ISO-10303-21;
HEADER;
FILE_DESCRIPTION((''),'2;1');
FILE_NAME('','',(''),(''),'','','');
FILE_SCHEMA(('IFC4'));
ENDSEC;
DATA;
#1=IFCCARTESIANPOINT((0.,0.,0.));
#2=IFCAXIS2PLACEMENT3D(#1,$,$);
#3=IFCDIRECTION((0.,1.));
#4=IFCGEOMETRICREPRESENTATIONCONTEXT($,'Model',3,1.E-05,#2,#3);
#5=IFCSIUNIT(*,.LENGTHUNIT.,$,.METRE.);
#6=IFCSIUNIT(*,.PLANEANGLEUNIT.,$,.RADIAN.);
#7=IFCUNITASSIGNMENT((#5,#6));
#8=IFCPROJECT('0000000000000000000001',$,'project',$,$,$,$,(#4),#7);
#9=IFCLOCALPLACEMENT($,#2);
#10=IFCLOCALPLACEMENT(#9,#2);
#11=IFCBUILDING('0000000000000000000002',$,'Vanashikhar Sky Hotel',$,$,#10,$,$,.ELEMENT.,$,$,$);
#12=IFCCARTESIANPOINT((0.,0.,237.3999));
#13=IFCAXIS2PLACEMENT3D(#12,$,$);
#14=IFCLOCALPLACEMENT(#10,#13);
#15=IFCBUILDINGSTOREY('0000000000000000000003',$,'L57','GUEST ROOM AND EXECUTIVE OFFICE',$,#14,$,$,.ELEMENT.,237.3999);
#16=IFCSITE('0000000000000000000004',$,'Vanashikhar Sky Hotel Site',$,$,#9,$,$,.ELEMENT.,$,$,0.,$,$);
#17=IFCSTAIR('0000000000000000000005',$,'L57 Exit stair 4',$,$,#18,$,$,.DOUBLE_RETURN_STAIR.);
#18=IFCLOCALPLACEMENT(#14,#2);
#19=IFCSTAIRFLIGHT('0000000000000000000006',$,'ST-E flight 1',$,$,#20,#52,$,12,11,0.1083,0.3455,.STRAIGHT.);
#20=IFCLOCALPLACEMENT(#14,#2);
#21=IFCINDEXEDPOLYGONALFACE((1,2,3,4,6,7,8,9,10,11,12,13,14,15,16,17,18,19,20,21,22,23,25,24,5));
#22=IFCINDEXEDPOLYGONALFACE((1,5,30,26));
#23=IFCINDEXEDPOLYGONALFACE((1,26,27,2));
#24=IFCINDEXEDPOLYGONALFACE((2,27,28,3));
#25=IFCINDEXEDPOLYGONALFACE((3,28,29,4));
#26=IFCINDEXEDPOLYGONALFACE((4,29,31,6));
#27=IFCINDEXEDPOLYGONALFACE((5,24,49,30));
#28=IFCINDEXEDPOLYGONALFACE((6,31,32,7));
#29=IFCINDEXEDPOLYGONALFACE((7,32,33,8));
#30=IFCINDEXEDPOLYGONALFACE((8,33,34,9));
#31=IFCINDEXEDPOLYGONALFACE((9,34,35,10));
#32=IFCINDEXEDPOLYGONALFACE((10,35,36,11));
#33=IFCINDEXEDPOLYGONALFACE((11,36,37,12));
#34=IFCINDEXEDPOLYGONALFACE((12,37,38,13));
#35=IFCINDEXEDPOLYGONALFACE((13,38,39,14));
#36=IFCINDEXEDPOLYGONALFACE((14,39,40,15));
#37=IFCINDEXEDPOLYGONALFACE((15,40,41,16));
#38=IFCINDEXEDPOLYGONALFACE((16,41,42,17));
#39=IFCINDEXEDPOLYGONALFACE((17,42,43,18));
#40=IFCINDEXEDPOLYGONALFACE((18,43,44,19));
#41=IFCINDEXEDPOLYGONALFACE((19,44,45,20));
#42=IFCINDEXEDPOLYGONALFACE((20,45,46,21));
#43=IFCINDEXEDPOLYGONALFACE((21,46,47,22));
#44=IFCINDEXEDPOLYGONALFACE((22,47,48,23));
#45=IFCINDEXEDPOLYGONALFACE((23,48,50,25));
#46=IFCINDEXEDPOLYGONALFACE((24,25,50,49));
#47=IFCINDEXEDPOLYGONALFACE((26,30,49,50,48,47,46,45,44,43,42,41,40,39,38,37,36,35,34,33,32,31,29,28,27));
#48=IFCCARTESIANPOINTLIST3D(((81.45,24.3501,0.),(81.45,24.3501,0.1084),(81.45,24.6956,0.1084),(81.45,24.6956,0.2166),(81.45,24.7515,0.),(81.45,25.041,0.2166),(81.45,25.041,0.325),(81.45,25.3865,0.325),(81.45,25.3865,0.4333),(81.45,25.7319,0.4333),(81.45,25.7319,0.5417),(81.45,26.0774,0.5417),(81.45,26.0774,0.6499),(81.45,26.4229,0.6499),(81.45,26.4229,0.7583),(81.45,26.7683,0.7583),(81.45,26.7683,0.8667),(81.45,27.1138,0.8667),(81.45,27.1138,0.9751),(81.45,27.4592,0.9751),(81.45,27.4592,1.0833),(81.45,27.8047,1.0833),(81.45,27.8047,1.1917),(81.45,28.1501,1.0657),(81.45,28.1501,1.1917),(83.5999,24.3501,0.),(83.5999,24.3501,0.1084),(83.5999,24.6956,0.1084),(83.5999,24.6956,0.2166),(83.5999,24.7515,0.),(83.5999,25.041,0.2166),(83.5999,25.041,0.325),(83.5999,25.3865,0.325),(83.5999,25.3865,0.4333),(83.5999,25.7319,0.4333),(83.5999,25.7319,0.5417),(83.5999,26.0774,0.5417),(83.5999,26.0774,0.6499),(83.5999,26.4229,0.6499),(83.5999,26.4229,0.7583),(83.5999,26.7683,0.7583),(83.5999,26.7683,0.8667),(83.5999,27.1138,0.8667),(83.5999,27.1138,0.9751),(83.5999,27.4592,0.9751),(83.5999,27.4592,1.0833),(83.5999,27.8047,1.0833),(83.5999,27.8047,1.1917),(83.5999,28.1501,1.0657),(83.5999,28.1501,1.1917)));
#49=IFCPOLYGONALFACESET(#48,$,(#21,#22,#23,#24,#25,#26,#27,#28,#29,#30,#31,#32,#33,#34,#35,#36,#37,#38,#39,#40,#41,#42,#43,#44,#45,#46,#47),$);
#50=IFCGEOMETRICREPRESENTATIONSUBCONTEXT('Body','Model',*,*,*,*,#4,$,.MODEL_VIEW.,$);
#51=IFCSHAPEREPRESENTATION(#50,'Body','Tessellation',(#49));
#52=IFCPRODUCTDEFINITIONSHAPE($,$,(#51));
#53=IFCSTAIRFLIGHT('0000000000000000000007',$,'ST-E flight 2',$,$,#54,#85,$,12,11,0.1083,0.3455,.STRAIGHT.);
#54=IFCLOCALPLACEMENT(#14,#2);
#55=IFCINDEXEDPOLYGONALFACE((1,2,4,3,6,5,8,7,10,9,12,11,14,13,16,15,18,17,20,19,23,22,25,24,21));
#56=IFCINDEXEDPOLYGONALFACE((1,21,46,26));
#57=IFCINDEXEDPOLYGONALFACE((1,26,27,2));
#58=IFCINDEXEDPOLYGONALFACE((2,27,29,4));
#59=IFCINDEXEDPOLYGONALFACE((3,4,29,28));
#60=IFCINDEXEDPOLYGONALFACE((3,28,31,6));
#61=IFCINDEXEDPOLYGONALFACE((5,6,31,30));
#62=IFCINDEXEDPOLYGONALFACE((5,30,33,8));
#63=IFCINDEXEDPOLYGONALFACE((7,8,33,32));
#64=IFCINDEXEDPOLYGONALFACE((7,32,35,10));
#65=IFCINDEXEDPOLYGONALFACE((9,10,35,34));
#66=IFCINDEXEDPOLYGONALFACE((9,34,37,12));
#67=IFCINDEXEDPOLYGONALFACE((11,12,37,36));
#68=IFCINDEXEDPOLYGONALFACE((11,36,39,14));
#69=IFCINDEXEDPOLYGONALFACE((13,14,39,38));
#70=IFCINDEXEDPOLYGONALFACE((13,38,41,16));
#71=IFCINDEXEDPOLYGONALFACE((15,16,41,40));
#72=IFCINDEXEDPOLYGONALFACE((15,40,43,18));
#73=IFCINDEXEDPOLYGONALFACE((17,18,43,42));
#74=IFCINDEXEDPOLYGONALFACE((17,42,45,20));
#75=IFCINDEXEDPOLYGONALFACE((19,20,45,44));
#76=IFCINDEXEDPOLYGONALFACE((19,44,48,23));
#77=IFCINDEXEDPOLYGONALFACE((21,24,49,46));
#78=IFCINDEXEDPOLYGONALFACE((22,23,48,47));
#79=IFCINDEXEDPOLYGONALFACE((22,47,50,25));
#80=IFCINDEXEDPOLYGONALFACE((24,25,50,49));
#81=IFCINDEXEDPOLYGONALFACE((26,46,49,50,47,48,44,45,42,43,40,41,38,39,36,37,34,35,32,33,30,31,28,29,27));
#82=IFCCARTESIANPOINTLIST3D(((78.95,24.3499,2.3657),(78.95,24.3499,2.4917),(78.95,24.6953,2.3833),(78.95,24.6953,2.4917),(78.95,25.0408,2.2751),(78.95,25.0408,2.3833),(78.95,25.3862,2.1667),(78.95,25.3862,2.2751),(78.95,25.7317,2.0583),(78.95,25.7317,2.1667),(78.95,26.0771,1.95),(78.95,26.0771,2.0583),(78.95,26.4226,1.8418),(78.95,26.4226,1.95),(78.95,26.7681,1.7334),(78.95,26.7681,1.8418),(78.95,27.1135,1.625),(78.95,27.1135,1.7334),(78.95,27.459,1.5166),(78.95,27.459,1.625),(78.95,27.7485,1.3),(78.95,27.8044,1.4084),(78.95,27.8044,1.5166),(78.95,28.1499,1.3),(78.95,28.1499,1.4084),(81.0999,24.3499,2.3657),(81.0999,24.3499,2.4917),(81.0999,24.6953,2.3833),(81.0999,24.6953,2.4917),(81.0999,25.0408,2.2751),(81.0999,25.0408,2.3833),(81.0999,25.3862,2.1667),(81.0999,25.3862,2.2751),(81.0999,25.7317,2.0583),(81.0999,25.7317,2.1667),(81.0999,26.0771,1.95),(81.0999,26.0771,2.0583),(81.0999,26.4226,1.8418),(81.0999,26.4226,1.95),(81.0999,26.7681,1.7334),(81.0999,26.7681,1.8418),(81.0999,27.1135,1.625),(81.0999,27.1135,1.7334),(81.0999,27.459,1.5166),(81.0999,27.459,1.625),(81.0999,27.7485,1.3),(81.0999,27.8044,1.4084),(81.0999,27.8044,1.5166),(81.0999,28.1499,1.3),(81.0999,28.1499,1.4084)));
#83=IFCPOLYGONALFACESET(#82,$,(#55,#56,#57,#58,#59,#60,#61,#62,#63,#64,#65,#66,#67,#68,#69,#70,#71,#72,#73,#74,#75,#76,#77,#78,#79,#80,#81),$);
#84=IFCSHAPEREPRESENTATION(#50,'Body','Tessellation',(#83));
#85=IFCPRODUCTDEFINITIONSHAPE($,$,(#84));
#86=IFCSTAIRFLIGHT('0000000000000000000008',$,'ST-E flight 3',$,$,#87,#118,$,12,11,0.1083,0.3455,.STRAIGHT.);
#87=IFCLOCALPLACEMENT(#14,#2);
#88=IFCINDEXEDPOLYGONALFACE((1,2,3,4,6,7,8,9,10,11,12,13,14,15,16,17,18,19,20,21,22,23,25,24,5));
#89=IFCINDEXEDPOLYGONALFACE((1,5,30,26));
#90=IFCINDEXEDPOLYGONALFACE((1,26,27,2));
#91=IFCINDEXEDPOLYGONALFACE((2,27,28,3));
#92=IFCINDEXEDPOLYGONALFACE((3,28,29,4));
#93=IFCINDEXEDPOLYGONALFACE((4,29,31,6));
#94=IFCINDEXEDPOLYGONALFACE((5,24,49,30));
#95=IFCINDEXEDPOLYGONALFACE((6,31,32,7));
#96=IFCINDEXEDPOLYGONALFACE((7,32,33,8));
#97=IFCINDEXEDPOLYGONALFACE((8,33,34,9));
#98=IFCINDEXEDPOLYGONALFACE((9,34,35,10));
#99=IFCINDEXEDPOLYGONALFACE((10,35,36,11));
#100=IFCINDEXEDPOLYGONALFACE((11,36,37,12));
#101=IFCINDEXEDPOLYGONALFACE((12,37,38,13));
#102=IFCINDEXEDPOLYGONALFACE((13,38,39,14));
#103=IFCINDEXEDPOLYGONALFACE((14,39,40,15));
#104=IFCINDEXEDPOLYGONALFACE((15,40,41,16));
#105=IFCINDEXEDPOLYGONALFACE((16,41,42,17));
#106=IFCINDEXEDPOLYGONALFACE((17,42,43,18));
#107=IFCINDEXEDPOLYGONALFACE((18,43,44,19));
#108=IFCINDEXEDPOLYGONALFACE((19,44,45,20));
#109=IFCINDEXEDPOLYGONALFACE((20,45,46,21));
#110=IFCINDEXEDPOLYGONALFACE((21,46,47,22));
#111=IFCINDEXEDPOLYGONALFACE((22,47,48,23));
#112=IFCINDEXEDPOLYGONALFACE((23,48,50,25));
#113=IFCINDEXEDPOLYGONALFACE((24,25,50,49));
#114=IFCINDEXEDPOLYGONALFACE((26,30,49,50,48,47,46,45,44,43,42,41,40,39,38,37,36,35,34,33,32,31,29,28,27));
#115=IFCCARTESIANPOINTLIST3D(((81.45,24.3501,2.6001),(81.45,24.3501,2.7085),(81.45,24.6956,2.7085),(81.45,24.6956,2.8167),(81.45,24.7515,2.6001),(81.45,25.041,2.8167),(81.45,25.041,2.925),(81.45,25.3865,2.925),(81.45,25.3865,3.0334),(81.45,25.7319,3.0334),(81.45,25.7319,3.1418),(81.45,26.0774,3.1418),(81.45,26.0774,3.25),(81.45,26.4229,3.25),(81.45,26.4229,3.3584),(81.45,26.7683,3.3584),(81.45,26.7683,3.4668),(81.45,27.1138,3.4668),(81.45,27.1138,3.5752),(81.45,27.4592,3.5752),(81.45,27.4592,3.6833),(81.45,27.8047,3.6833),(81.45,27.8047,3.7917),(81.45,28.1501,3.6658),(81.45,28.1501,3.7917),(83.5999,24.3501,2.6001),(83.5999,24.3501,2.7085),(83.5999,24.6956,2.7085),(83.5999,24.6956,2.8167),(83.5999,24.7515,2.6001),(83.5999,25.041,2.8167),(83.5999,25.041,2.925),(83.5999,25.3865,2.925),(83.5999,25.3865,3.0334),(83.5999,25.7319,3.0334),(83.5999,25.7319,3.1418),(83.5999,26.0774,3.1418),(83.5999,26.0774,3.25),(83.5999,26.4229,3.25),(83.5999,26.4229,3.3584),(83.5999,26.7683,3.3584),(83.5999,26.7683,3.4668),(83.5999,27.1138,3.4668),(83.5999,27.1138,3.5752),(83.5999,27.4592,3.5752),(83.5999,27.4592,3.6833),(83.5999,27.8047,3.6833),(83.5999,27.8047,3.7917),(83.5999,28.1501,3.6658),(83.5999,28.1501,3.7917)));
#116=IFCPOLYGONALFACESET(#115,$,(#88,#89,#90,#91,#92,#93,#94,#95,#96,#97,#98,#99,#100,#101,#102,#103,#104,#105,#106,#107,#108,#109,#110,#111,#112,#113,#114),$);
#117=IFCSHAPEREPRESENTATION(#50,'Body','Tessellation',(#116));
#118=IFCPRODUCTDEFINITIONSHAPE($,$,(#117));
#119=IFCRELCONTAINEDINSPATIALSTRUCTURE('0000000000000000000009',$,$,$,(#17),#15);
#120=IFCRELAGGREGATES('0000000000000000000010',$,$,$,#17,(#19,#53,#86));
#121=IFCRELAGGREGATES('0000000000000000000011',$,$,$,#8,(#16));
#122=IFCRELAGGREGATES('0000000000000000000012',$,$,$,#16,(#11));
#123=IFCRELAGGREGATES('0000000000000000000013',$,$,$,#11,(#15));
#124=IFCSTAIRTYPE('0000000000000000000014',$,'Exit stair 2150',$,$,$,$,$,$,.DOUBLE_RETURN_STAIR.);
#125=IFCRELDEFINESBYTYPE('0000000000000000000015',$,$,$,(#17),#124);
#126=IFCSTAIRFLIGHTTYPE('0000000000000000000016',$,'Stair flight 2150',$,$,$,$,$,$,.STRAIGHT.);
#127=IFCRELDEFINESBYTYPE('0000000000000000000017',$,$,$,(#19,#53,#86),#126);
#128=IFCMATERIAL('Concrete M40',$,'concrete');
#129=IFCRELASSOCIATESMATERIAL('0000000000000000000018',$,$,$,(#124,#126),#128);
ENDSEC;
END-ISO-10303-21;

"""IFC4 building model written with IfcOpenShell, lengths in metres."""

from ifc_helpers import new_model, si_unit, direction, frame, origin, place, context, subcontext, project, spatial, polyline, outline, extrude, source, transform, mapped, material, type_object, element, aggregate, save


model = new_model("IFC4")

# Units and contexts
model_context = context("Model", 3, precision=1e-05, world=origin(), true_north=direction((0.0, 1.0)))
body_context = subcontext(model_context, "Body", "Model", "MODEL_VIEW")
ifc_project = project(units=[si_unit("LENGTHUNIT", "METRE"), si_unit("PLANEANGLEUNIT", "RADIAN")], contexts=[model_context])

# Site, building, storey
site_placement = place(None, origin())
site = spatial("IfcSite", under=ifc_project, at=site_placement, Name="Vanashikhar Sky Hotel Site", CompositionType="ELEMENT", RefElevation=0.0)
building_placement = place(site_placement, origin())
building = spatial("IfcBuilding", under=site, at=building_placement, Name="Vanashikhar Sky Hotel", CompositionType="ELEMENT")
storey_placement = place(building_placement, frame((0.0, 0.0, 237.3999)))
storey = spatial("IfcBuildingStorey", under=building, at=storey_placement, Name="L57", Description="GUEST ROOM AND EXECUTIVE OFFICE", CompositionType="ELEMENT", Elevation=237.3999)

# Stair, stair flights
ifc_material_1 = material(Name="Concrete M40", Category="concrete")
stair_type = type_object("IfcStairType", Name="Exit stair 2150", PredefinedType="DOUBLE_RETURN_STAIR", material=ifc_material_1)
stair_flight_type = type_object("IfcStairFlightType", Name="Stair flight 2150", PredefinedType="STRAIGHT", material=ifc_material_1)
shared_shape_1 = source(origin(), body_context, "Body", "SweptSolid", [
    extrude(outline(polyline([(0.0, 0.0), (0.0, 0.1084), (0.3455, 0.1084), (0.3455, 0.2166), (0.6909, 0.2166), (0.6909, 0.325), (1.0364, 0.325), (1.0364, 0.4333), (1.3818, 0.4333), (1.3818, 0.5417), (1.7273, 0.5417), (1.7273, 0.6499), (2.0728, 0.6499), (2.0728, 0.7583), (2.4182, 0.7583), (2.4182, 0.8667), (2.7637, 0.8667), (2.7637, 0.9751), (3.1091, 0.9751), (3.1091, 1.0833), (3.4546, 1.0833), (3.4546, 1.1917), (3.8, 1.1917), (3.8, 1.3), (3.8, 1.0657), (0.4014, 0.0), (0.0, 0.0)])), frame((0.0, 1.075, 0.0), z_axis=(0.0, -1.0, 0.0), x_axis=(1.0, 0.0, 0.0)), (0.0, 0.0, 1.0), 2.1499),
])
stair_1_placement = place(storey_placement, origin())
stair_1 = element("IfcStair", 1, at=stair_1_placement, inside=storey, type_object=stair_type, Name="L57 Exit stair 4", PredefinedType="DOUBLE_RETURN_STAIR")
stair_flight_1_placement = place(storey_placement, frame((82.5249, 24.3501, 0.0), z_axis=(0.0, 0.0, 1.0), x_axis=(0.0, 1.0, 0.0)))
stair_flight_1 = element("IfcStairFlight", 2, at=stair_flight_1_placement, type_object=stair_flight_type, Name="ST-E flight 1", NumberOfRisers=12, NumberOfTreads=11, PredefinedType="STRAIGHT", RiserHeight=0.1083, TreadLength=0.3455, context=body_context, shape_type="MappedRepresentation", body=[
    mapped(shared_shape_1, transform((0.0, 0.0, 0.0), scale=1.0)),
])
stair_flight_2_placement = place(storey_placement, frame((80.0249, 28.1499, 1.3), z_axis=(0.0, 0.0, 1.0), x_axis=(0.0, -1.0, 0.0)))
stair_flight_2 = element("IfcStairFlight", 3, at=stair_flight_2_placement, type_object=stair_flight_type, Name="ST-E flight 2", NumberOfRisers=12, NumberOfTreads=11, PredefinedType="STRAIGHT", RiserHeight=0.1083, TreadLength=0.3455, context=body_context, shape_type="MappedRepresentation", body=[
    mapped(shared_shape_1, transform((0.0, 0.0, 0.0), scale=1.0)),
])
stair_flight_3_placement = place(storey_placement, frame((82.5249, 24.3501, 2.6001), z_axis=(0.0, 0.0, 1.0), x_axis=(0.0, 1.0, 0.0)))
stair_flight_3 = element("IfcStairFlight", 4, at=stair_flight_3_placement, type_object=stair_flight_type, Name="ST-E flight 3", NumberOfRisers=12, NumberOfTreads=11, PredefinedType="STRAIGHT", RiserHeight=0.1083, TreadLength=0.3455, context=body_context, shape_type="MappedRepresentation", body=[
    mapped(shared_shape_1, transform((0.0, 0.0, 0.0), scale=1.0)),
])
aggregate(stair_1, [stair_flight_1, stair_flight_2, stair_flight_3])

save(model, "model.ifc")
